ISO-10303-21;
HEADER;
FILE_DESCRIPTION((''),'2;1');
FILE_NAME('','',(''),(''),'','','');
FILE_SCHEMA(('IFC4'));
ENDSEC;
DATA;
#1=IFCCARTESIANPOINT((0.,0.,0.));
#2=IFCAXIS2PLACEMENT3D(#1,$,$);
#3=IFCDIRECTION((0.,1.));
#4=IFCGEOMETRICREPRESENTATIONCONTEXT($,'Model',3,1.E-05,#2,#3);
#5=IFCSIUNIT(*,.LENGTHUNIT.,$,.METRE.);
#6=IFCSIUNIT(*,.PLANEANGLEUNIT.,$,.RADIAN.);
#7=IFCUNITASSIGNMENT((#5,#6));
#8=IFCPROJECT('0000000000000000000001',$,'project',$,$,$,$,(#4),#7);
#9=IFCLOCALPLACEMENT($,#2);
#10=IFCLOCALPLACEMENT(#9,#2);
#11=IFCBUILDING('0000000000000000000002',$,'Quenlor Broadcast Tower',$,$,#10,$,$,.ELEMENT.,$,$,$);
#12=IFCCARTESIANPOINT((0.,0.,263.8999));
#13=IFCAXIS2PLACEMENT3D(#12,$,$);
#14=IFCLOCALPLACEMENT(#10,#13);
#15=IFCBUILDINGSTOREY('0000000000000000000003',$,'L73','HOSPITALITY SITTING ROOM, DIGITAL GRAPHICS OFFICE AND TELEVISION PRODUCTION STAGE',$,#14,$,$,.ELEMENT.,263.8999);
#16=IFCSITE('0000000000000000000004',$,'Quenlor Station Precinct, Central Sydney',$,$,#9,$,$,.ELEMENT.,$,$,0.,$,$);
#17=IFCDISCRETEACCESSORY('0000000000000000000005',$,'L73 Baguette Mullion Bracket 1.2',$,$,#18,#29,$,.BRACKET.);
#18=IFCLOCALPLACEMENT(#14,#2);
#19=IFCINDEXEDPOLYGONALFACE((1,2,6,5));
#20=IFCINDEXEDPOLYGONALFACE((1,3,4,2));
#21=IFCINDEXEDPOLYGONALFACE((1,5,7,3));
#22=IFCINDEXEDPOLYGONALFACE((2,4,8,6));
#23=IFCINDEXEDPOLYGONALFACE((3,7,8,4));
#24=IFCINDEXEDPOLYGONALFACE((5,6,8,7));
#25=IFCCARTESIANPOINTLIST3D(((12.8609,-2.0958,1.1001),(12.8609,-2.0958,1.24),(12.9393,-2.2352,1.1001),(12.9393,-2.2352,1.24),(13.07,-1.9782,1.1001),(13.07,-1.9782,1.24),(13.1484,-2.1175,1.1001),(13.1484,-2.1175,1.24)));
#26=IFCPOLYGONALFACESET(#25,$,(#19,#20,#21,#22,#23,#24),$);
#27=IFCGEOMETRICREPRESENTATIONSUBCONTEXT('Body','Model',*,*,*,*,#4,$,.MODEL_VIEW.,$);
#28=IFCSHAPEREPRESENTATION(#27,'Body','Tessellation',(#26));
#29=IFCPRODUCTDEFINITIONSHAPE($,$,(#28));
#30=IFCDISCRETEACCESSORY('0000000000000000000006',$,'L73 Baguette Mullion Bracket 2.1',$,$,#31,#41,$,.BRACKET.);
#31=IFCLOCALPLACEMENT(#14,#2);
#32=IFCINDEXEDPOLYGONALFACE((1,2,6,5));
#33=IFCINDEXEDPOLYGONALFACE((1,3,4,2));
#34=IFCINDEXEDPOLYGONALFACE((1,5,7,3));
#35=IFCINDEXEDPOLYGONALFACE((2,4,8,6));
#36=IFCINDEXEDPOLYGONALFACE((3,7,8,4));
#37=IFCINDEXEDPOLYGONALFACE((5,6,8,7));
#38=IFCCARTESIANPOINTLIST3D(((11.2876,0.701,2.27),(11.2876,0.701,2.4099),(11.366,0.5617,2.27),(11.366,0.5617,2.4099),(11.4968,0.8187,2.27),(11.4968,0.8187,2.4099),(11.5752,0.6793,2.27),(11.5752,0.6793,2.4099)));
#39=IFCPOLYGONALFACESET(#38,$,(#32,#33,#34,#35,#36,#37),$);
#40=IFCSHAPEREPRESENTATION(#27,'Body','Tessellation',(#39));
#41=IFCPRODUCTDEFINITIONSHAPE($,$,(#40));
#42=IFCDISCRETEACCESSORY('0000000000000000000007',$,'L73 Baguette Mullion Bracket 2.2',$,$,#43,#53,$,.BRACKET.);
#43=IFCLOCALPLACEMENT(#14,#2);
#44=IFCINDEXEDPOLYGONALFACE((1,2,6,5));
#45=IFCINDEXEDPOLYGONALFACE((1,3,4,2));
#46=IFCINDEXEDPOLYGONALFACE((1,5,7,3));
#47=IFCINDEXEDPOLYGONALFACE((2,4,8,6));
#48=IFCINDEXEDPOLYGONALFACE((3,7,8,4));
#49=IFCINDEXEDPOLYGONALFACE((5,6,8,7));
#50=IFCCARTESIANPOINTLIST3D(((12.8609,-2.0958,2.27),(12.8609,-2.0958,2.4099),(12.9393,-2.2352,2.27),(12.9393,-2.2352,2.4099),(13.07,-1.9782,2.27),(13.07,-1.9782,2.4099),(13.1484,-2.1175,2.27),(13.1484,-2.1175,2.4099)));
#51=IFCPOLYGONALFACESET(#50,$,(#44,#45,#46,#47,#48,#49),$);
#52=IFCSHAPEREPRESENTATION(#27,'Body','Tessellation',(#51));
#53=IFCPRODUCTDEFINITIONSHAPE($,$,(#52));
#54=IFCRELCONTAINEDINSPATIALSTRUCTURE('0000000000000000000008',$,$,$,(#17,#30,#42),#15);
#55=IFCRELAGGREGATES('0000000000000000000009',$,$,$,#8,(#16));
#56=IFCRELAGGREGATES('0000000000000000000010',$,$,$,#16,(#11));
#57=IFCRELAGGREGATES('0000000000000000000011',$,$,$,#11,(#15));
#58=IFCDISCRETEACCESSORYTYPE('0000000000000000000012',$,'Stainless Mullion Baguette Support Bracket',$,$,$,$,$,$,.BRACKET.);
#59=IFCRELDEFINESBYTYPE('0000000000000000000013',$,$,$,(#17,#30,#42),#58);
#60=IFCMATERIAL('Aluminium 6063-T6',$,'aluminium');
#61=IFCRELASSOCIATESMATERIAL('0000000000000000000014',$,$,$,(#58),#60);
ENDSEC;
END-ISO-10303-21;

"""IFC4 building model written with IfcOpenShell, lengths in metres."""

from ifc_helpers import new_model, si_unit, direction, frame, origin, origin_2d, place, context, subcontext, project, spatial, rectangle, extrude, material, type_object, element, save


model = new_model("IFC4")

# Units and contexts
model_context = context("Model", 3, precision=1e-05, world=origin(), true_north=direction((0.0, 1.0)))
body_context = subcontext(model_context, "Body", "Model", "MODEL_VIEW")
ifc_project = project(units=[si_unit("LENGTHUNIT", "METRE"), si_unit("PLANEANGLEUNIT", "RADIAN")], contexts=[model_context])

# Site, building, storey
site_placement = place(None, origin())
site = spatial("IfcSite", under=ifc_project, at=site_placement, Name="Quenlor Station Precinct, Central Sydney", CompositionType="ELEMENT", RefElevation=0.0)
building_placement = place(site_placement, origin())
building = spatial("IfcBuilding", under=site, at=building_placement, Name="Quenlor Broadcast Tower", CompositionType="ELEMENT")
storey_placement = place(building_placement, frame((0.0, 0.0, 263.8999)))
storey = spatial("IfcBuildingStorey", under=building, at=storey_placement, Name="L73", Description="HOSPITALITY SITTING ROOM, DIGITAL GRAPHICS OFFICE AND TELEVISION PRODUCTION STAGE", CompositionType="ELEMENT", Elevation=263.8999)

# Discrete accessories
ifc_material_1 = material(Name="Aluminium 6063-T6", Category="aluminium")
discrete_accessory_type = type_object("IfcDiscreteAccessoryType", Name="Stainless Mullion Baguette Support Bracket", PredefinedType="BRACKET", material=ifc_material_1)
for number, where, z_axis, x_axis, name in (
    (1, (13.0046, -2.1067, 1.1001), (0.0, 0.0, 1.0), (0.490262, -0.871575, 0.0), "L73 Baguette Mullion Bracket 1.2"),
    (2, (11.4314, 0.6902, 2.27), (0.0, 0.0, 1.0), (0.490262, -0.871575, 0.0), "L73 Baguette Mullion Bracket 2.1"),
    (3, (13.0046, -2.1067, 2.27), (0.0, 0.0, 1.0), (0.490262, -0.871575, 0.0), "L73 Baguette Mullion Bracket 2.2"),
):
    element("IfcDiscreteAccessory", number, at=place(storey_placement, frame(where, z_axis=z_axis, x_axis=x_axis)), inside=storey, type_object=discrete_accessory_type, Name=name, PredefinedType="BRACKET", context=body_context, shape_type="SweptSolid", body=[
        extrude(rectangle(XDim=0.1599, YDim=0.24, at=origin_2d()), origin(), (0.0, 0.0, 1.0), 0.1399),
    ])

save(model, "model.ifc")
